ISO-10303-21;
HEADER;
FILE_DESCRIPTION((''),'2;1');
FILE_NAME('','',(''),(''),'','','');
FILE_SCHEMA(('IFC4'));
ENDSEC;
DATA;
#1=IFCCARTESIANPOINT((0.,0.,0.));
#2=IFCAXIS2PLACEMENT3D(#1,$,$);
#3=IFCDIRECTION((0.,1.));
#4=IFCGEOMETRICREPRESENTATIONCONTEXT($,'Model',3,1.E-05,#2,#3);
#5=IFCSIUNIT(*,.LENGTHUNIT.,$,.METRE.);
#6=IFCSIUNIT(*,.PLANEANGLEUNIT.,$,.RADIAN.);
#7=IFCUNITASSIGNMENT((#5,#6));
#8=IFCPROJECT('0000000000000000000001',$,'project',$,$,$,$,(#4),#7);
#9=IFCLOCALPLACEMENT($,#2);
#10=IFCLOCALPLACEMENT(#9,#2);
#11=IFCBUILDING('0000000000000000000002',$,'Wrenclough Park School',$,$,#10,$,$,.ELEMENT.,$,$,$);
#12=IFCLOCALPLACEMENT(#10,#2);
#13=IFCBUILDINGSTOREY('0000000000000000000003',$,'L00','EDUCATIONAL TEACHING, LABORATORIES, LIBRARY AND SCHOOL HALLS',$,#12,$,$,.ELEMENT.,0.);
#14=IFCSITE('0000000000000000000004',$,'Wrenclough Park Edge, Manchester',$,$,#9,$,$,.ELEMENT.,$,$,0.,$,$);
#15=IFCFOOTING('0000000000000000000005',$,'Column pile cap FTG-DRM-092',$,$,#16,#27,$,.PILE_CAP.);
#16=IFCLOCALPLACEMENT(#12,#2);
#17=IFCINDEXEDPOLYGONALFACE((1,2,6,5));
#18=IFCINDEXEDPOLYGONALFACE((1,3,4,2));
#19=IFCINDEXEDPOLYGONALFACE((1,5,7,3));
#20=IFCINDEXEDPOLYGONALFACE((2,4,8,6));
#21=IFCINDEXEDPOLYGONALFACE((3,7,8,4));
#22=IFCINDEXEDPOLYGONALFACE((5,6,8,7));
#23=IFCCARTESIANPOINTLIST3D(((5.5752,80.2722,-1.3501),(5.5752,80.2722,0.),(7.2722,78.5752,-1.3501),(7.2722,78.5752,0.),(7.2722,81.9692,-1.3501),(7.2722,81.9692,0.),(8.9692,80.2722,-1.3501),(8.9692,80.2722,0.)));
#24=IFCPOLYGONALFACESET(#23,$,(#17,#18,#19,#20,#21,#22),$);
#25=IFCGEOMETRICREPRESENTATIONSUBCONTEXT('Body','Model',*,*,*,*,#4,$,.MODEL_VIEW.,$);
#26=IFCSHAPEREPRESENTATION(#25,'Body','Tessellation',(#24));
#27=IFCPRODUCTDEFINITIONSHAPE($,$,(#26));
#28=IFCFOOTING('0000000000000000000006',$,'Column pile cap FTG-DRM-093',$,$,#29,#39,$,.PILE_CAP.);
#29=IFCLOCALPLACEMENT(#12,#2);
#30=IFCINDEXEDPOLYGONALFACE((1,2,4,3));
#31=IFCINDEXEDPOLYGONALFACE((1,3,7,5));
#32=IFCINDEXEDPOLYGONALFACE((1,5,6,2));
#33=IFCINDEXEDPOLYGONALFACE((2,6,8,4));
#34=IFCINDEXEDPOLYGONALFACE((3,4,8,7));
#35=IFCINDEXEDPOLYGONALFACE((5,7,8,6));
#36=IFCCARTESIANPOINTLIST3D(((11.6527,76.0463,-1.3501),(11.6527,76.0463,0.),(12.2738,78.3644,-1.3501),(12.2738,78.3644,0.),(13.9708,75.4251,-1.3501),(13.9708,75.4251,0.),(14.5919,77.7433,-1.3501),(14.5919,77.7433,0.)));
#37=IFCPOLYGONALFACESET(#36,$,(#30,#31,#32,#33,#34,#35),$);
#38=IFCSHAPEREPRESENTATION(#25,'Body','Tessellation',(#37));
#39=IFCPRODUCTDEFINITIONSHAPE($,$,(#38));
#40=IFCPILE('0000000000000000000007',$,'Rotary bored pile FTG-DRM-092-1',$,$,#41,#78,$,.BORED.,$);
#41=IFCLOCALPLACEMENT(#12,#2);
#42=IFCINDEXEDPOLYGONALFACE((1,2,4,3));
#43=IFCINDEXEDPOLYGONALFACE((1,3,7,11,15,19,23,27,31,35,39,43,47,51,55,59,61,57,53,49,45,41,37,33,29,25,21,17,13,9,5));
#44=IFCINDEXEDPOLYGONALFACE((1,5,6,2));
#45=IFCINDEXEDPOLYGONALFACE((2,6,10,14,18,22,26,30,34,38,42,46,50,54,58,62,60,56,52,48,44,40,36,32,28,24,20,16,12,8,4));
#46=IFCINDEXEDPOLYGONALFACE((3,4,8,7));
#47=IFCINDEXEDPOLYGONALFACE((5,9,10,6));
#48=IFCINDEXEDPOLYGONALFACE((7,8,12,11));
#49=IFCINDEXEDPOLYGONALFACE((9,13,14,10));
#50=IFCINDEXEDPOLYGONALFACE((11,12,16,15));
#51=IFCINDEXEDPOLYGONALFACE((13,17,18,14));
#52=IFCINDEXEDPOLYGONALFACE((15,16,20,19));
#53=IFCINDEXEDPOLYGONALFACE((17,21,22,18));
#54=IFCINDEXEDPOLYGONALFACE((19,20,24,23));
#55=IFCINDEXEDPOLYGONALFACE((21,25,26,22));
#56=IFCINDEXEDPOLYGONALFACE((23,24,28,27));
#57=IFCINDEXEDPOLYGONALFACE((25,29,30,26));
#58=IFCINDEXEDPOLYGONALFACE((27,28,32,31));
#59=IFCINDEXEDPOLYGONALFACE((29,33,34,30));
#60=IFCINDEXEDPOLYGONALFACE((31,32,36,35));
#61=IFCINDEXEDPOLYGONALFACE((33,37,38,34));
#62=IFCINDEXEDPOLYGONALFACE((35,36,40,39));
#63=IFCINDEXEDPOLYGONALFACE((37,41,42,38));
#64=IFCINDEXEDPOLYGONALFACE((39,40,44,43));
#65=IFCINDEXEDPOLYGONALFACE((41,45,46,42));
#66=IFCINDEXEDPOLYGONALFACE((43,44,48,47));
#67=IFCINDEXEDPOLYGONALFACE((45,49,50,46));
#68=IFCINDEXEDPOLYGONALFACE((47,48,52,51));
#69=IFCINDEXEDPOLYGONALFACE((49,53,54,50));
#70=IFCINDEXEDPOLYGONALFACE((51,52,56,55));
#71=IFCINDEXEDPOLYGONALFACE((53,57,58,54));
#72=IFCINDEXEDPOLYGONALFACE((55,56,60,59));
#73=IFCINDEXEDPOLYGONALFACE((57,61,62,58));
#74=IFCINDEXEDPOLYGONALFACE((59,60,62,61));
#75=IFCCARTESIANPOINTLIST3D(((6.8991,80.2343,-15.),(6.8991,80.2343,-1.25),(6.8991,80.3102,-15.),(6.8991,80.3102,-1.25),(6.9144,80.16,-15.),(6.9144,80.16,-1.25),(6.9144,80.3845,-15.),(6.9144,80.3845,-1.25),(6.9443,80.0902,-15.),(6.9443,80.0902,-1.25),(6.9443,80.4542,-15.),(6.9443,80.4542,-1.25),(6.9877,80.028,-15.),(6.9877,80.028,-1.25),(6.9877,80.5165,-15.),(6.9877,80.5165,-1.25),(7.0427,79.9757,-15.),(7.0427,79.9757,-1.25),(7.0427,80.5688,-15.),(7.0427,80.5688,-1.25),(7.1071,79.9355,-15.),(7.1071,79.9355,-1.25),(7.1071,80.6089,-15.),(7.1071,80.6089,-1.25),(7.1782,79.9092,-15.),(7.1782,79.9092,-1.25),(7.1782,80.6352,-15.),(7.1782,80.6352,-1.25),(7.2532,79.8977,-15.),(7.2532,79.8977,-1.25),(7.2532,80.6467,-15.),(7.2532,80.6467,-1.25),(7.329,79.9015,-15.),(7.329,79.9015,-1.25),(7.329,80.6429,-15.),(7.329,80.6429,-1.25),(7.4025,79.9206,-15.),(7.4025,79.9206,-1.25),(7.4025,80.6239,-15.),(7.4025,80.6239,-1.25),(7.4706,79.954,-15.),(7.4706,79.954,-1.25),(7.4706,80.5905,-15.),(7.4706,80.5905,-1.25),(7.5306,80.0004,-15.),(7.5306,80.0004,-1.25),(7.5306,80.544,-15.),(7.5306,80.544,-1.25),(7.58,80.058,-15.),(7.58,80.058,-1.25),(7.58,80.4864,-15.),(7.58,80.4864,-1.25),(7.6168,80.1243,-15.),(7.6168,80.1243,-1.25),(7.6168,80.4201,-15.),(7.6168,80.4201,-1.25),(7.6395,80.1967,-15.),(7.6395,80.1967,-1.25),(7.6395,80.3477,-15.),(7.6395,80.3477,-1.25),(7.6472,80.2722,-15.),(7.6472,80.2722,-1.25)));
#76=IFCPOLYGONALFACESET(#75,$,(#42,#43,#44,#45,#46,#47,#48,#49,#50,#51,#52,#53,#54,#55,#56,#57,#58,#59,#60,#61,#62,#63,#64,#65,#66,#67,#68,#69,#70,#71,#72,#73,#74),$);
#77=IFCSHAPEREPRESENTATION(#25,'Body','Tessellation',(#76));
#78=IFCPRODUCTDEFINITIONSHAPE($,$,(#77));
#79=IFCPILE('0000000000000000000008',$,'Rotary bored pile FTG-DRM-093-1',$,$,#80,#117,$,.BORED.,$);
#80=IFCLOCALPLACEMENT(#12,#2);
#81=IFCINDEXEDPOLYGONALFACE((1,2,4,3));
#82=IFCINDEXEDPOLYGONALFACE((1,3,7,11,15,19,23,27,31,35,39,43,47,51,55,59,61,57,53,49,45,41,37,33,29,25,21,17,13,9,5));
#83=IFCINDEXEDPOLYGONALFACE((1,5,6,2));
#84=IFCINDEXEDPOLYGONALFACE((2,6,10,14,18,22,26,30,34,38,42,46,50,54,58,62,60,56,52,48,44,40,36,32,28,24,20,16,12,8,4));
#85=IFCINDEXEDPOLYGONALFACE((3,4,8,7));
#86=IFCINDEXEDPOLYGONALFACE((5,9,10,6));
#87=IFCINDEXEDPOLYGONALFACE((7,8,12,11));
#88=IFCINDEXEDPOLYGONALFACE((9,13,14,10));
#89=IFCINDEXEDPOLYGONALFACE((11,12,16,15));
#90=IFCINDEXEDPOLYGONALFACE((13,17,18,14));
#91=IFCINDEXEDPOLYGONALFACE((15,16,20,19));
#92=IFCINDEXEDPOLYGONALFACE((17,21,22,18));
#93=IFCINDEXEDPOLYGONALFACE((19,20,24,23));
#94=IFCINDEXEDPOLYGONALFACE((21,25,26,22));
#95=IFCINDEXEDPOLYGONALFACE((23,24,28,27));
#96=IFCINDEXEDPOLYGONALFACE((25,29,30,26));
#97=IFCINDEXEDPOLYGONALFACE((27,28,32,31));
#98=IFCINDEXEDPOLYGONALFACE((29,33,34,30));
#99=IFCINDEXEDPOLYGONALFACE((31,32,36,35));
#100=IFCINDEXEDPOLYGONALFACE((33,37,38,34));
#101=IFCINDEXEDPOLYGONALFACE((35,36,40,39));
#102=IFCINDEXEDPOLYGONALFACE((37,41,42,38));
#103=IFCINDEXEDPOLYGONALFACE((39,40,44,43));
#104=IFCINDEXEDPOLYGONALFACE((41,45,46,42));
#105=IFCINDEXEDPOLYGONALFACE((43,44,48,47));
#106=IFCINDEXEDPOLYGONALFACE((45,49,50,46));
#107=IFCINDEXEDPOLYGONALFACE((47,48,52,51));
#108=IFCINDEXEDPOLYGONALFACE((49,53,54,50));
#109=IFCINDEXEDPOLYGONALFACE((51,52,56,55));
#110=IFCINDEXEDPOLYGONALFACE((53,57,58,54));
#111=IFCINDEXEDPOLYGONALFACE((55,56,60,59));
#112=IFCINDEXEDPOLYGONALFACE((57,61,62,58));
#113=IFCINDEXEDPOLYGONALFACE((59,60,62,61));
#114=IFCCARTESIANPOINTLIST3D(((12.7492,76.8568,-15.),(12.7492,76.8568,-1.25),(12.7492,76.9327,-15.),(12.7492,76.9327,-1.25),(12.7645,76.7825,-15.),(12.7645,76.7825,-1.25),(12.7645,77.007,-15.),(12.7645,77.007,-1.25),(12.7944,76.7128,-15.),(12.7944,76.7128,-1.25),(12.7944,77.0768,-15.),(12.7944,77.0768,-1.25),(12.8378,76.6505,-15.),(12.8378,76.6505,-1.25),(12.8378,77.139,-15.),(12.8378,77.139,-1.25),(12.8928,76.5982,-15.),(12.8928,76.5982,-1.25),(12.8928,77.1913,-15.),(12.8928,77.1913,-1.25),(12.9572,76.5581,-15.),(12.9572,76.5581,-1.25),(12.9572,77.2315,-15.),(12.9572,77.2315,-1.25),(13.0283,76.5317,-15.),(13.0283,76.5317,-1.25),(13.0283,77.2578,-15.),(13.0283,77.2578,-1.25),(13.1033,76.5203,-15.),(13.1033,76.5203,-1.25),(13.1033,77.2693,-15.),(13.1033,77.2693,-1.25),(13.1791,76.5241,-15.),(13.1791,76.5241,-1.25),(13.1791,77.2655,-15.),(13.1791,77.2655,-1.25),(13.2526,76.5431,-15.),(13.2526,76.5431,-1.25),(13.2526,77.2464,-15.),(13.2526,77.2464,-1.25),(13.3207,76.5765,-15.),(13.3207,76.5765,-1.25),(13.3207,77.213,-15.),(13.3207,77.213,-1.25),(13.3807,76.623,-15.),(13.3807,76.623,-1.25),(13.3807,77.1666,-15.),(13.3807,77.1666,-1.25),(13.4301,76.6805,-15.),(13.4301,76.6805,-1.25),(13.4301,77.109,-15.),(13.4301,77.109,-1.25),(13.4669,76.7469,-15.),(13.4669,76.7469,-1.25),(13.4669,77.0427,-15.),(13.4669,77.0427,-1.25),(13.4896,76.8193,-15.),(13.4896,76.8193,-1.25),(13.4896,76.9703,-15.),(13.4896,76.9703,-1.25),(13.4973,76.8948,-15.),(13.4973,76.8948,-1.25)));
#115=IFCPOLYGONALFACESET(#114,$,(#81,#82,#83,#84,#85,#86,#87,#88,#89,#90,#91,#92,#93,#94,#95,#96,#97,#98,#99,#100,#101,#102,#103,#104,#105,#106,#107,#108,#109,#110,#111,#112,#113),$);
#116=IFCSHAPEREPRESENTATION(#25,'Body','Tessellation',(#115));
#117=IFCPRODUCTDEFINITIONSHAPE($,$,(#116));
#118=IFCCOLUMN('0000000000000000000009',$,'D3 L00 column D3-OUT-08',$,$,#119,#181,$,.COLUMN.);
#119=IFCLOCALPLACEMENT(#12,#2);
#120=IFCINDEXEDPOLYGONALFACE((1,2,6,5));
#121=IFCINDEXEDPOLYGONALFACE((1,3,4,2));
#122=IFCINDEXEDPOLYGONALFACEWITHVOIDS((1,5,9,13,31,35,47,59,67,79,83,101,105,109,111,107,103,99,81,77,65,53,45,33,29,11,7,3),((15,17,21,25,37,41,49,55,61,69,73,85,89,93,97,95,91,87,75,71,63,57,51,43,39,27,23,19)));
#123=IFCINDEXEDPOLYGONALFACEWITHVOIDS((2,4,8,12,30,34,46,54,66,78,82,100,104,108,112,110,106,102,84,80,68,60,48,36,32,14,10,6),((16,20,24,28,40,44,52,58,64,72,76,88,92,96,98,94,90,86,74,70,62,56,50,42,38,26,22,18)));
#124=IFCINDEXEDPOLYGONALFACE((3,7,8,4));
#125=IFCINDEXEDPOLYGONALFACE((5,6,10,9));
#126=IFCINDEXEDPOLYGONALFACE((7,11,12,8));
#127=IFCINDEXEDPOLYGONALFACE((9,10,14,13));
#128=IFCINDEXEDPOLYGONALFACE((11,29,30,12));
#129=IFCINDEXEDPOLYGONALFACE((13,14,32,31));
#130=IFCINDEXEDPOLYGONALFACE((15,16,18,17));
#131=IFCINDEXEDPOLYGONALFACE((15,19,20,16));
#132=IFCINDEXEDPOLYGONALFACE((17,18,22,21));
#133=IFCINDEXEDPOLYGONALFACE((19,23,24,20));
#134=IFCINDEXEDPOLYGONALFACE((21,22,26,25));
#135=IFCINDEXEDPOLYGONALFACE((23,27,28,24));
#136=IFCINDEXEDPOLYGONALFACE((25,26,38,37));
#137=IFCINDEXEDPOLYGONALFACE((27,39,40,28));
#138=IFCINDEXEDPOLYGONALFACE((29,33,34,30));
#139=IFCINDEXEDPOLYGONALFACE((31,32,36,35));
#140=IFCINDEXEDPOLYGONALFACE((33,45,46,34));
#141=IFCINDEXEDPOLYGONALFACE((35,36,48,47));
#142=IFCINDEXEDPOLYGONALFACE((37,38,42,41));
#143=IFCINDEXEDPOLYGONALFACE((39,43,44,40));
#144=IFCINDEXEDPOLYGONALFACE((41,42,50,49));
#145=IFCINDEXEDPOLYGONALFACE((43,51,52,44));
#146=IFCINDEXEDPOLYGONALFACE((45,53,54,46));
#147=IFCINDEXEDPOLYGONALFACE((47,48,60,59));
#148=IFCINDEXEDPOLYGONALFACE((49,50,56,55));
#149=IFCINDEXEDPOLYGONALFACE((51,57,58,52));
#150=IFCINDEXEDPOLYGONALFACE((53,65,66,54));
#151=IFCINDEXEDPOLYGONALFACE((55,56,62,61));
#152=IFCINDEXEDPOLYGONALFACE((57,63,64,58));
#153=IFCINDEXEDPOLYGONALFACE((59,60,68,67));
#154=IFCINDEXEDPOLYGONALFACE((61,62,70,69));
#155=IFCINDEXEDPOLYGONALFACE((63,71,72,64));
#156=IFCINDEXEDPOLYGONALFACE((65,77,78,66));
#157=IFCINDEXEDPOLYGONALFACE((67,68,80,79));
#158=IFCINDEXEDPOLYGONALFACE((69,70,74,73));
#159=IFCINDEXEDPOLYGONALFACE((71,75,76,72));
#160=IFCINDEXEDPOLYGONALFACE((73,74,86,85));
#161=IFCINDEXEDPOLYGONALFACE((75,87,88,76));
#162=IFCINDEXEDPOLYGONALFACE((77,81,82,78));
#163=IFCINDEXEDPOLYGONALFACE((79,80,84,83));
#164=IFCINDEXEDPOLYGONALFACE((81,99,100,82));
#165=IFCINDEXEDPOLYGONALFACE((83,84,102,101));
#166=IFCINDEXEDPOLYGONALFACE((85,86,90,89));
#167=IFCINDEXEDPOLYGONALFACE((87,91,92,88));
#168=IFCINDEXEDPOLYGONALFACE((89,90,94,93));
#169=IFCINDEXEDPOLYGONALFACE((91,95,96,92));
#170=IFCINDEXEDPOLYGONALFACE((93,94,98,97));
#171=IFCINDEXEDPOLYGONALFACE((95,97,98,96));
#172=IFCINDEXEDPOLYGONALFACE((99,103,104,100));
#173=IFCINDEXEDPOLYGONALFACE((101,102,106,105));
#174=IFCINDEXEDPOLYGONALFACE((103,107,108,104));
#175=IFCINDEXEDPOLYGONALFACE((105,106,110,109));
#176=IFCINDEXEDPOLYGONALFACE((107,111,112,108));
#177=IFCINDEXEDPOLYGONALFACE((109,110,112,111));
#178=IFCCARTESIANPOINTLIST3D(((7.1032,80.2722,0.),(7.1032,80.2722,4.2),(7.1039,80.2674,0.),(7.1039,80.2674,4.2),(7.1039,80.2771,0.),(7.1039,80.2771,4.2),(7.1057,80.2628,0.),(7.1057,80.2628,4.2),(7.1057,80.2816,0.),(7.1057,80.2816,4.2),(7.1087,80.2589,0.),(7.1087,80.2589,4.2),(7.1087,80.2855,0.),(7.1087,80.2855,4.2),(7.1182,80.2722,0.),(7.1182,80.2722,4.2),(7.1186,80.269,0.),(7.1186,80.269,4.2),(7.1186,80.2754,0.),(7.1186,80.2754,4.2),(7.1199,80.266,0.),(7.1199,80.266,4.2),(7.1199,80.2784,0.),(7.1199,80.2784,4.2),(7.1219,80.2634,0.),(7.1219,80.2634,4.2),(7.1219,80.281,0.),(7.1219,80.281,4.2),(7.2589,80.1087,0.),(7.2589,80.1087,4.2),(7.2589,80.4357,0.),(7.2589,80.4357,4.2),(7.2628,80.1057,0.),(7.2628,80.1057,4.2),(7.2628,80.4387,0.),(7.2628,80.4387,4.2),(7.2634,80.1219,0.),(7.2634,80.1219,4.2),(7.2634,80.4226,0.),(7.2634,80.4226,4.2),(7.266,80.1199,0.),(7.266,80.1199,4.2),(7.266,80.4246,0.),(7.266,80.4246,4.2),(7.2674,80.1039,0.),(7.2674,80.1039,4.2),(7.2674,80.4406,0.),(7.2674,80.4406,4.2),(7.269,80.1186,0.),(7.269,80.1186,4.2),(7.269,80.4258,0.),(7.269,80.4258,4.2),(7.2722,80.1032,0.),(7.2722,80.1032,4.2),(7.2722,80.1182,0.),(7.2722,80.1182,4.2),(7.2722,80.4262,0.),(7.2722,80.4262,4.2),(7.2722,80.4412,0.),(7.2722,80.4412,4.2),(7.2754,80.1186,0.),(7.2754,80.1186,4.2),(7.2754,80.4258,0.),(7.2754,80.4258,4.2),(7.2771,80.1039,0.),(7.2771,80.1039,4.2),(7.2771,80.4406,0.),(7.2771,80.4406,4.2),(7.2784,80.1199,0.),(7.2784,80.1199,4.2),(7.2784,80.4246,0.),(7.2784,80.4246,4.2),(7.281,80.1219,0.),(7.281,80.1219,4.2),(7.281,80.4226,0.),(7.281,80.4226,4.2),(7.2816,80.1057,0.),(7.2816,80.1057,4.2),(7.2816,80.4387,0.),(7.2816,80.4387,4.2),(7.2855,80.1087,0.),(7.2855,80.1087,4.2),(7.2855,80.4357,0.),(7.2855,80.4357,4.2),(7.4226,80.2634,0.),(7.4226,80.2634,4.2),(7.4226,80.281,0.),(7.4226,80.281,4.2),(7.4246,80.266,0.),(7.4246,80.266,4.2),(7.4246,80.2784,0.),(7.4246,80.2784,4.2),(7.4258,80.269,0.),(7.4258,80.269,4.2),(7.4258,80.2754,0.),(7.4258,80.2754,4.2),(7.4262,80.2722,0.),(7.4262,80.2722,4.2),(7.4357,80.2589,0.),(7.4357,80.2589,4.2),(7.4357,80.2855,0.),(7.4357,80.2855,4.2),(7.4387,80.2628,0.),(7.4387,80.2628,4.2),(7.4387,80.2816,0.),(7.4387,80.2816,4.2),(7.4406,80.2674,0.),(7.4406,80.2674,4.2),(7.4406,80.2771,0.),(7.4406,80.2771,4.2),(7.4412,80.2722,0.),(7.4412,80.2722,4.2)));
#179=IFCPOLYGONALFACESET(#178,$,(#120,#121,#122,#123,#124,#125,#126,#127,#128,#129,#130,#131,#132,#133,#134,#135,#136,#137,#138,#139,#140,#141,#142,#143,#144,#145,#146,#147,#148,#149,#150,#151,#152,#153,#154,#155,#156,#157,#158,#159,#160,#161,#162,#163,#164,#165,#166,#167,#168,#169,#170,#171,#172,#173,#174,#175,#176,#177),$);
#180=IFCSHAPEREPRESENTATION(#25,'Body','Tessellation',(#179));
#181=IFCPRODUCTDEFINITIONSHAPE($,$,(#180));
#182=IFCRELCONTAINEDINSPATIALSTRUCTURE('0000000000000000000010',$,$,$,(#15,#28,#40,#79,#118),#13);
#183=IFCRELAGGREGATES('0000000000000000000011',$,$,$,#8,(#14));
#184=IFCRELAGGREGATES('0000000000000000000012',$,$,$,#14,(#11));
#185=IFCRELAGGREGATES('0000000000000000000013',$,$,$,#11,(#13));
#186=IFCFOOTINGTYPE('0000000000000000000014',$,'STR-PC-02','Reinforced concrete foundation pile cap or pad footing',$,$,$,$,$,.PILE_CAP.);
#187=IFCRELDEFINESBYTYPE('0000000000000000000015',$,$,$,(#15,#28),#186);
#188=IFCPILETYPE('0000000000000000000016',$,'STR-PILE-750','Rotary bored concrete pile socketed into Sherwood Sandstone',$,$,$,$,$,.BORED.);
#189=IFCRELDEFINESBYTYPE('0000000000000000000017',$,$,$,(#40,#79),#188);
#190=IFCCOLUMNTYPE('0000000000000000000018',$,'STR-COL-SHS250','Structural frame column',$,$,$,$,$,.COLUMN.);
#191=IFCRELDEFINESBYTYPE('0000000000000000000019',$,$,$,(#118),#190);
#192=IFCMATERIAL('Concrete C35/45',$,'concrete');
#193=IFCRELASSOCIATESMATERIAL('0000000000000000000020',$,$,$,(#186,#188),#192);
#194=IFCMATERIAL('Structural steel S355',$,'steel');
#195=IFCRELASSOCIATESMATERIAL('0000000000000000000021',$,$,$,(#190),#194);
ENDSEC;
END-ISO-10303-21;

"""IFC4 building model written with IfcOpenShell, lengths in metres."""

from ifc_helpers import new_model, si_unit, direction, frame, origin, origin_2d, place, context, subcontext, project, spatial, rectangle, hollow_rectangle, circle, extrude, material, material_profile, profile_set, type_object, element, save


model = new_model("IFC4")

# Units and contexts
model_context = context("Model", 3, precision=1e-05, world=origin(), true_north=direction((0.0, 1.0)))
body_context = subcontext(model_context, "Body", "Model", "MODEL_VIEW")
ifc_project = project(units=[si_unit("LENGTHUNIT", "METRE"), si_unit("PLANEANGLEUNIT", "RADIAN")], contexts=[model_context])

# Site, building, storey
site_placement = place(None, origin())
site = spatial("IfcSite", under=ifc_project, at=site_placement, Name="Wrenclough Park Edge, Manchester", CompositionType="ELEMENT", RefElevation=0.0)
building_placement = place(site_placement, origin())
building = spatial("IfcBuilding", under=site, at=building_placement, Name="Wrenclough Park School", CompositionType="ELEMENT")
storey_placement = place(building_placement, origin())
storey = spatial("IfcBuildingStorey", under=building, at=storey_placement, Name="L00", Description="EDUCATIONAL TEACHING, LABORATORIES, LIBRARY AND SCHOOL HALLS", CompositionType="ELEMENT", Elevation=0.0)

# Footings
ifc_material_1 = material(Name="Concrete C35/45", Category="concrete")
footing_type = type_object("IfcFootingType", Name="STR-PC-02", Description="Reinforced concrete foundation pile cap or pad footing", PredefinedType="PILE_CAP", material=ifc_material_1)
for number, where, z_axis, x_axis, name in (
    (1, (7.2722, 80.2722, -1.3501), (0.0, 0.0, 1.0), (0.707107, -0.707107, 0.0), "Column pile cap FTG-DRM-092"),
    (2, (13.1223, 76.8948, -1.3501), (0.0, 0.0, 1.0), (0.965926, -0.258819, 0.0), "Column pile cap FTG-DRM-093"),
):
    element("IfcFooting", number, at=place(storey_placement, frame(where, z_axis=z_axis, x_axis=x_axis)), inside=storey, type_object=footing_type, Name=name, PredefinedType="PILE_CAP", context=body_context, shape_type="SweptSolid", body=[
        extrude(rectangle(XDim=2.3999, YDim=2.3999, at=origin_2d()), origin(), (0.0, 0.0, 1.0), 1.3501),
    ])

# Piles
ifc_material_profile_1 = material_profile(ifc_material_1, circle(Radius=0.375, at=origin_2d()), Name="BORED PILE D750")
ifc_profile_set_1 = profile_set([ifc_material_profile_1], Name="Concrete C35/45")
pile_type = type_object("IfcPileType", Name="STR-PILE-750", Description="Rotary bored concrete pile socketed into Sherwood Sandstone", PredefinedType="BORED", material=ifc_profile_set_1)
for number, where, z_axis, x_axis, name in (
    (3, (7.2722, 80.2722, -1.25), (0.0, 0.0, -1.0), (1.0, 0.0, 0.0), "Rotary bored pile FTG-DRM-092-1"),
    (4, (13.1223, 76.8948, -1.25), (0.0, 0.0, -1.0), (1.0, 0.0, 0.0), "Rotary bored pile FTG-DRM-093-1"),
):
    element("IfcPile", number, at=place(storey_placement, frame(where, z_axis=z_axis, x_axis=x_axis)), inside=storey, type_object=pile_type, Name=name, PredefinedType="BORED", context=body_context, shape_type="SweptSolid", body=[
        extrude(circle(Radius=0.375, at=origin_2d()), origin(), (0.0, 0.0, 1.0), 13.75),
    ])

# Column
ifc_material_2 = material(Name="Structural steel S355", Category="steel")
ifc_material_profile_2 = material_profile(ifc_material_2, hollow_rectangle(XDim=0.25, YDim=0.25, WallThickness=0.0125, InnerFilletRadius=0.0125, OuterFilletRadius=0.0188, at=origin_2d()), Name="SHS 250x250x12.5")
ifc_profile_set_2 = profile_set([ifc_material_profile_2], Name="Structural steel S355")
column_type = type_object("IfcColumnType", Name="STR-COL-SHS250", Description="Structural frame column", PredefinedType="COLUMN", material=ifc_profile_set_2)
for number, where, z_axis, x_axis, name in (
    (5, (7.2722, 80.2722, 0.0), (0.0, 0.0, 1.0), (0.707107, -0.707107, 0.0), "D3 L00 column D3-OUT-08"),
):
    element("IfcColumn", number, at=place(storey_placement, frame(where, z_axis=z_axis, x_axis=x_axis)), inside=storey, type_object=column_type, Name=name, PredefinedType="COLUMN", context=body_context, shape_type="SweptSolid", body=[
        extrude(hollow_rectangle(XDim=0.25, YDim=0.25, WallThickness=0.0125, InnerFilletRadius=0.0125, OuterFilletRadius=0.0188, at=origin_2d()), origin(), (0.0, 0.0, 1.0), 4.2),
    ])

save(model, "model.ifc")
